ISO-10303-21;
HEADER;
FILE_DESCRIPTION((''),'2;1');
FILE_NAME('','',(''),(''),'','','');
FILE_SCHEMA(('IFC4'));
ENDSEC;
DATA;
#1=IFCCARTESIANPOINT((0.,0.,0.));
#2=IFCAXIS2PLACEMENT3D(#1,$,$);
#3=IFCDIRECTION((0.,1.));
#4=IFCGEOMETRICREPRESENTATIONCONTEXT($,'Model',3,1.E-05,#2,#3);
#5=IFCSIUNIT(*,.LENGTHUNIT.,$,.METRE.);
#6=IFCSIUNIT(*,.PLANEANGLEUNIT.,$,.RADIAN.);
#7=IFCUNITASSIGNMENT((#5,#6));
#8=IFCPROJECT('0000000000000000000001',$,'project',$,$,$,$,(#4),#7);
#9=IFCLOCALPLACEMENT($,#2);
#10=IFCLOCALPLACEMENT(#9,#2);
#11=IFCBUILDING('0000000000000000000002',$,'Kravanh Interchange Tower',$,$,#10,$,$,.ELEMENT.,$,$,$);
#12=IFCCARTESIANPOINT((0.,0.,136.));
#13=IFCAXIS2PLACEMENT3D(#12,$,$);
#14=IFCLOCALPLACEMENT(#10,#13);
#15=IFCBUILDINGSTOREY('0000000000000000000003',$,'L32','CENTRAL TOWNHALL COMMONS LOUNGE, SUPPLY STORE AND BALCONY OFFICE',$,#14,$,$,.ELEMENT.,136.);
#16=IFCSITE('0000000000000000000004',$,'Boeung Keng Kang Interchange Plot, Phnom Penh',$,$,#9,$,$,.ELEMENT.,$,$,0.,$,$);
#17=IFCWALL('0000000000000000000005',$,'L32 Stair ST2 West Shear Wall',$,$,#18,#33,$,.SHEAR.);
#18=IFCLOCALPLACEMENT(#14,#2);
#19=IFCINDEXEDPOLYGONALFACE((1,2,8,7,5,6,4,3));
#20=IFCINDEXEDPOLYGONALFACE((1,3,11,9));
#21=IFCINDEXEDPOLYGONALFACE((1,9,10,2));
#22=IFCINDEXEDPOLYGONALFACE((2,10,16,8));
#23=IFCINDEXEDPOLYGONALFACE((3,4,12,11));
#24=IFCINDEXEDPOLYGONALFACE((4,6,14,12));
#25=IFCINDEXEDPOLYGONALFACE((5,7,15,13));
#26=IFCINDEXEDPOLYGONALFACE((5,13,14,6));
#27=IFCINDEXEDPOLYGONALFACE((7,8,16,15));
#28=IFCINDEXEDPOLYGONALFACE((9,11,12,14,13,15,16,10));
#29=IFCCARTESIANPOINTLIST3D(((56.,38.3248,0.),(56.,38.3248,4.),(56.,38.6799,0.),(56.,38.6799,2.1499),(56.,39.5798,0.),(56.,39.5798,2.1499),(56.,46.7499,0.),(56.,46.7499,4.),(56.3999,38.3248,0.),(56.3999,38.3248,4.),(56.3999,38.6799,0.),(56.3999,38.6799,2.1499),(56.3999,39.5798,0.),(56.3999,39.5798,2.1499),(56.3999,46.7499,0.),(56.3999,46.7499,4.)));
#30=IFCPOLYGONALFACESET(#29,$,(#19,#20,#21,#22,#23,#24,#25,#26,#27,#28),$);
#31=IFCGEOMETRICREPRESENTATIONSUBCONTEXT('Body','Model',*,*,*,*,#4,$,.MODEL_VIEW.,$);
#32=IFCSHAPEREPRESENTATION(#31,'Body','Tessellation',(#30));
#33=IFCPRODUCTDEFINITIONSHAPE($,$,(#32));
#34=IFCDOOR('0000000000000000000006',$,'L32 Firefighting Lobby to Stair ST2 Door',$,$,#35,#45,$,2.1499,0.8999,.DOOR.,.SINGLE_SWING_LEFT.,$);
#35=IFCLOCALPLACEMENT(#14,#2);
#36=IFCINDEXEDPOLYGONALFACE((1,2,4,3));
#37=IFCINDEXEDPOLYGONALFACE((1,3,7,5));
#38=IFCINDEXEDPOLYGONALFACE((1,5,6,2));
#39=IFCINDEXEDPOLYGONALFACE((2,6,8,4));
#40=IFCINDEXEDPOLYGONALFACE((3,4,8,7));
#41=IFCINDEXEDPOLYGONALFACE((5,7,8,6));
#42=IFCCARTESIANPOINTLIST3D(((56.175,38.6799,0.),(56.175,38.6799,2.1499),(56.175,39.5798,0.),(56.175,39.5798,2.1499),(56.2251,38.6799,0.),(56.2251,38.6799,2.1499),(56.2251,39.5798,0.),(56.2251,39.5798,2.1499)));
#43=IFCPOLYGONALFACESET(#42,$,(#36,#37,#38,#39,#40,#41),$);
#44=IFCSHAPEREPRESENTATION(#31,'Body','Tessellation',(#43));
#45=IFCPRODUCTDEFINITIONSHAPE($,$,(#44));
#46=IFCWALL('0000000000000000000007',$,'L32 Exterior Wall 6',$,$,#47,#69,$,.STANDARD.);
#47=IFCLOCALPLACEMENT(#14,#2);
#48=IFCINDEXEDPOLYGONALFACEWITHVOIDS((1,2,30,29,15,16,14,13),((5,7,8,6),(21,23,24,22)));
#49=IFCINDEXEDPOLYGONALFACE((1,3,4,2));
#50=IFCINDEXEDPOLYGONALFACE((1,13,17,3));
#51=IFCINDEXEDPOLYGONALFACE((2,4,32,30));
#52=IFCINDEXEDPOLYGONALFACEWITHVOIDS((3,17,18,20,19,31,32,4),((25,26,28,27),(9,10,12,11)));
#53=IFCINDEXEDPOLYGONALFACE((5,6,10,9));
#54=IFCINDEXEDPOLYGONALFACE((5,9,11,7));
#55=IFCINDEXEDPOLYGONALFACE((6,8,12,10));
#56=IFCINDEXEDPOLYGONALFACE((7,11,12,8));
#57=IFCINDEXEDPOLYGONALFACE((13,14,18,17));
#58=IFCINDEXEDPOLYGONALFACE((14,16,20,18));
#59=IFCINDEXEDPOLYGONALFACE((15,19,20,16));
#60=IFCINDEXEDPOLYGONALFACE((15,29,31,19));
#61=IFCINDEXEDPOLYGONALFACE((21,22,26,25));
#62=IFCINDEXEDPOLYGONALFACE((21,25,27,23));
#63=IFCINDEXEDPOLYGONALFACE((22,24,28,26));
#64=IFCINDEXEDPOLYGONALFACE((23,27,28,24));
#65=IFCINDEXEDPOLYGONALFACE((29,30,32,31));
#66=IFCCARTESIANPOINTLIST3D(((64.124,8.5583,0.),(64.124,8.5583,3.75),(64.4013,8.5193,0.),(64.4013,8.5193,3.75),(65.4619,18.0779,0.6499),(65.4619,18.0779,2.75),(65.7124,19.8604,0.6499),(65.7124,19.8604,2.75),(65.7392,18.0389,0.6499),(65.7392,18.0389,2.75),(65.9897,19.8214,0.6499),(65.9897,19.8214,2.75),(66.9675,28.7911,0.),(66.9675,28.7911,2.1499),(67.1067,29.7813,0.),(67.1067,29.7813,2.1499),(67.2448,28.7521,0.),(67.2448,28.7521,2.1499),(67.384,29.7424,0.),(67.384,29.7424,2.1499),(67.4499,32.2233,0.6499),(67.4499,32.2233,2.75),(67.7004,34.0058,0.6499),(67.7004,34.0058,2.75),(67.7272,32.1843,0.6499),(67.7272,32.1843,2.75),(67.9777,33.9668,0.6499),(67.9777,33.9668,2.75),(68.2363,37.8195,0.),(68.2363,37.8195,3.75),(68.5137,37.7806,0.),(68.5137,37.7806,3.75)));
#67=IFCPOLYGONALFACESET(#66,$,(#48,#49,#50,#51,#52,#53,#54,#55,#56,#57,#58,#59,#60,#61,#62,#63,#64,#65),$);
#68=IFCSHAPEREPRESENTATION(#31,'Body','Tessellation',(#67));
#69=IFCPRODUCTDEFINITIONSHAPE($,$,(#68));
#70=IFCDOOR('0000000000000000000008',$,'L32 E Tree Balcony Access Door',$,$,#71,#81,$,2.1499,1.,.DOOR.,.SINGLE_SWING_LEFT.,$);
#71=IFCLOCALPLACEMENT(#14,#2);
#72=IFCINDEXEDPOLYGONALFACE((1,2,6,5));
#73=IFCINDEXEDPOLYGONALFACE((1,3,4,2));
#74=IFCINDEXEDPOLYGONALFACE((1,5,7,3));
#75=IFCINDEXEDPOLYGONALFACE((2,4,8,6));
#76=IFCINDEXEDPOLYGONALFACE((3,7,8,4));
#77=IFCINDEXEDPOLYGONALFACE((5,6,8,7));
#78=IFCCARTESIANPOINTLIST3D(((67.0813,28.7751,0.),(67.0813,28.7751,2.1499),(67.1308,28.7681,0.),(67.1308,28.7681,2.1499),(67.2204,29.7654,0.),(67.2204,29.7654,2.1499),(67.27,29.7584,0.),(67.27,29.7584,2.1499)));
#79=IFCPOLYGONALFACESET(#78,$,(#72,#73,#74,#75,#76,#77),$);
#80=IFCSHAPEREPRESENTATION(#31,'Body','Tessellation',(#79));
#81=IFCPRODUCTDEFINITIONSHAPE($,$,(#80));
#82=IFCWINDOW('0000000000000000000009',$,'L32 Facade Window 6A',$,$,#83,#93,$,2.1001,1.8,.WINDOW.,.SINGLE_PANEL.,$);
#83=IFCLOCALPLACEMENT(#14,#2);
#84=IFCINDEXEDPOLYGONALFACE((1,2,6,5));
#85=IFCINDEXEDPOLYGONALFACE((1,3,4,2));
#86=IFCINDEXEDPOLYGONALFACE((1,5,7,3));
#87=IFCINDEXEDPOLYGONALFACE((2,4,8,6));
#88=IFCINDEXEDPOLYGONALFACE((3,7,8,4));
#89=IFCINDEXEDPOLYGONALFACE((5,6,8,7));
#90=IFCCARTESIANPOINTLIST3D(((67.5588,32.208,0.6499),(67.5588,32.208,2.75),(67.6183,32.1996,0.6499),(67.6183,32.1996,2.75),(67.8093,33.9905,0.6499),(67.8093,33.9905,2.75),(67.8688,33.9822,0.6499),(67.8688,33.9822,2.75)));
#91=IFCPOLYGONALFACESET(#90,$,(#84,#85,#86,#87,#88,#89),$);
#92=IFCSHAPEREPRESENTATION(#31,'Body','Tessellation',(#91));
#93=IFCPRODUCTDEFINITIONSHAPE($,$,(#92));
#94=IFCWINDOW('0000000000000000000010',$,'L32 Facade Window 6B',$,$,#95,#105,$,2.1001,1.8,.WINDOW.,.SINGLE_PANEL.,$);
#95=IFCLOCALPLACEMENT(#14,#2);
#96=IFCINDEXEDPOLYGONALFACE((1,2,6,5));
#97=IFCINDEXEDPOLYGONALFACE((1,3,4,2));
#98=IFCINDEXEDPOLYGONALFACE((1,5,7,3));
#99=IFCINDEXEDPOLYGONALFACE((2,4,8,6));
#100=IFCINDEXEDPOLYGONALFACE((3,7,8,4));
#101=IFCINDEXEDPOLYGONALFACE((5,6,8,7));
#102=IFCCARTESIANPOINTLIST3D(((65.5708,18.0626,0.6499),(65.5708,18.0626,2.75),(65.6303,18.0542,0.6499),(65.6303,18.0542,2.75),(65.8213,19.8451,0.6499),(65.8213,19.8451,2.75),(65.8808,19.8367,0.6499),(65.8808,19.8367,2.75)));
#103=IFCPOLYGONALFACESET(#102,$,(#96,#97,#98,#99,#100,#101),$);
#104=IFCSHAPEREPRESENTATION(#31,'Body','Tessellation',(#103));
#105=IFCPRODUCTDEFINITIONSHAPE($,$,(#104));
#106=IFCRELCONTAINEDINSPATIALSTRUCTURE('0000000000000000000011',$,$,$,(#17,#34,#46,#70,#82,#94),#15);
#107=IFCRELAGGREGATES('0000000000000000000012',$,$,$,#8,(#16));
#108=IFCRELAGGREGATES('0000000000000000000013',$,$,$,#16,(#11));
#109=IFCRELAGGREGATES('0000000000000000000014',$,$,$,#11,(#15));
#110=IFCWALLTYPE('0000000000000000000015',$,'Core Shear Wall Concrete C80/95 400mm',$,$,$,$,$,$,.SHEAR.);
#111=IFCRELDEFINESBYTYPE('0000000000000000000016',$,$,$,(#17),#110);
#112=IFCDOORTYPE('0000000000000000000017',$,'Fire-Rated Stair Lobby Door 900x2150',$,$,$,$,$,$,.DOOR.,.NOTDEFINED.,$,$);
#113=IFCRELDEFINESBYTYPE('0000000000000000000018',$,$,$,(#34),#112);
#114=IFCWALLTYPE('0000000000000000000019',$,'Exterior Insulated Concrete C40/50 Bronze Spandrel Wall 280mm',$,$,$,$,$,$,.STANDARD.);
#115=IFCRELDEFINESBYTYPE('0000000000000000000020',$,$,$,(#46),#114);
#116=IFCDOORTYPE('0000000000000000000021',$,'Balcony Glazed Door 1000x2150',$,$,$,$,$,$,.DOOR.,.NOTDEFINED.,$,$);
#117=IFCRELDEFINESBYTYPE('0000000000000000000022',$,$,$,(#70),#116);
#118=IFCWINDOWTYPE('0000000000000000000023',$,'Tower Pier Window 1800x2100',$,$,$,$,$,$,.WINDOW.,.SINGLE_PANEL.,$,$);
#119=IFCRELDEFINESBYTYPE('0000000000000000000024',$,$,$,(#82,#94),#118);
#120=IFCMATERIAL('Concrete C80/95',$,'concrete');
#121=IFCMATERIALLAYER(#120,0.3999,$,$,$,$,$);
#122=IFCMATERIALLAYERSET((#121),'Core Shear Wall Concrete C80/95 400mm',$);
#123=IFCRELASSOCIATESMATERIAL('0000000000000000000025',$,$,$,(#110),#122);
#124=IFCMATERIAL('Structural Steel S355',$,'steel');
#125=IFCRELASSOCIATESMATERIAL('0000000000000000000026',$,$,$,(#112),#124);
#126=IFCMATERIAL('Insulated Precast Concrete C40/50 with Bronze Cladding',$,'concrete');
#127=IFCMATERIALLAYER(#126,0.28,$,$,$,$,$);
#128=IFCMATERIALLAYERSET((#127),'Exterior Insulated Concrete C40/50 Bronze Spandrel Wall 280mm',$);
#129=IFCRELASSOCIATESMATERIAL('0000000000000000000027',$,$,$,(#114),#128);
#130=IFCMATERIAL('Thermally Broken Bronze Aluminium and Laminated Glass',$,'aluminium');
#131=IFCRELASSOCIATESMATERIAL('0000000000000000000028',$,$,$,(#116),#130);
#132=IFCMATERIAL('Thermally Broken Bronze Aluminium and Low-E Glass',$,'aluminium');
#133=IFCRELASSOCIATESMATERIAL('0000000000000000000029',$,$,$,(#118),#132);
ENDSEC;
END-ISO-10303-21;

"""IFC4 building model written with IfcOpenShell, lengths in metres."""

from ifc_helpers import new_model, si_unit, direction, frame, frame_2d, origin, place, context, subcontext, project, spatial, rectangle, extrude, material, layer, layer_set, type_object, element, fill, save


model = new_model("IFC4")

# Units and contexts
model_context = context("Model", 3, precision=1e-05, world=origin(), true_north=direction((0.0, 1.0)))
body_context = subcontext(model_context, "Body", "Model", "MODEL_VIEW")
ifc_project = project(units=[si_unit("LENGTHUNIT", "METRE"), si_unit("PLANEANGLEUNIT", "RADIAN")], contexts=[model_context])

# Site, building, storey
site_placement = place(None, origin())
site = spatial("IfcSite", under=ifc_project, at=site_placement, Name="Boeung Keng Kang Interchange Plot, Phnom Penh", CompositionType="ELEMENT", RefElevation=0.0)
building_placement = place(site_placement, origin())
building = spatial("IfcBuilding", under=site, at=building_placement, Name="Kravanh Interchange Tower", CompositionType="ELEMENT")
storey_placement = place(building_placement, frame((0.0, 0.0, 136.0)))
storey = spatial("IfcBuildingStorey", under=building, at=storey_placement, Name="L32", Description="CENTRAL TOWNHALL COMMONS LOUNGE, SUPPLY STORE AND BALCONY OFFICE", CompositionType="ELEMENT", Elevation=136.0)

# Shared definitions
ifc_material_1 = material(Name="Concrete C80/95", Category="concrete")
ifc_layer_1 = layer(ifc_material_1, 0.3999)
ifc_layer_set_1 = layer_set([ifc_layer_1], Name="Core Shear Wall Concrete C80/95 400mm")
wall_type_1 = type_object("IfcWallType", Name="Core Shear Wall Concrete C80/95 400mm", PredefinedType="SHEAR", material=ifc_layer_set_1)

# Wall, opening, door
wall_1_placement = place(storey_placement, frame((56.2, 38.325, 0.0), z_axis=(0.0, 0.0, 1.0), x_axis=(0.0, 1.0, 0.0)))
wall_1 = element("IfcWall", 1, at=wall_1_placement, inside=storey, type_object=wall_type_1, Name="L32 Stair ST2 West Shear Wall", PredefinedType="SHEAR", context=body_context, shape_type="SweptSolid", body=[
    extrude(rectangle(XDim=8.425, YDim=0.3999, at=frame_2d((4.2124, 0.0))), origin(), (0.0, 0.0, 1.0), 4.0),
])
opening_1_placement = place(wall_1_placement, frame((0.355, 0.0, 0.0)))
opening_1 = element("IfcOpeningElement", 2, at=opening_1_placement, cuts=wall_1, PredefinedType="OPENING", context=body_context, shape_type="SweptSolid", body=[
    extrude(rectangle(XDim=0.8999, YDim=2.1499, at=frame_2d((0.45, 1.075))), frame((0.0, 0.21, 0.0), z_axis=(0.0, -1.0, 0.0), x_axis=(1.0, 0.0, 0.0)), (0.0, 0.0, 1.0), 0.4199),
])
ifc_material_2 = material(Name="Structural Steel S355", Category="steel")
door_type_1 = type_object("IfcDoorType", Name="Fire-Rated Stair Lobby Door 900x2150", OperationType="NOTDEFINED", PredefinedType="DOOR", material=ifc_material_2)
door_1_placement = place(opening_1_placement, origin())
door_1 = element("IfcDoor", 3, at=door_1_placement, inside=storey, type_object=door_type_1, Name="L32 Firefighting Lobby to Stair ST2 Door", OperationType="SINGLE_SWING_LEFT", OverallHeight=2.1499, OverallWidth=0.8999, PredefinedType="DOOR", context=body_context, shape_type="SweptSolid", body=[
    extrude(rectangle(XDim=0.8999, YDim=2.1499, at=frame_2d((0.45, 1.075))), frame((0.0, 0.0249, 0.0), z_axis=(0.0, -1.0, 0.0), x_axis=(1.0, 0.0, 0.0)), (0.0, 0.0, 1.0), 0.05),
])
fill(opening_1, door_1)

# Wall, openings, door, windows
ifc_material_3 = material(Name="Insulated Precast Concrete C40/50 with Bronze Cladding", Category="concrete")
ifc_layer_2 = layer(ifc_material_3, 0.28)
ifc_layer_set_2 = layer_set([ifc_layer_2], Name="Exterior Insulated Concrete C40/50 Bronze Spandrel Wall 280mm")
wall_type_2 = type_object("IfcWallType", Name="Exterior Insulated Concrete C40/50 Bronze Spandrel Wall 280mm", PredefinedType="STANDARD", material=ifc_layer_set_2)
wall_2_placement = place(storey_placement, frame((68.375, 37.8, 0.0), z_axis=(0.0, 0.0, 1.0), x_axis=(-0.13917, -0.990269, 0.0)))
wall_2 = element("IfcWall", 4, at=wall_2_placement, inside=storey, type_object=wall_type_2, Name="L32 Exterior Wall 6", PredefinedType="STANDARD", context=body_context, shape_type="SweptSolid", body=[
    extrude(rectangle(XDim=29.5488, YDim=0.28, at=frame_2d((14.7744, 0.0))), origin(), (0.0, 0.0, 1.0), 3.75),
])
opening_2_placement = place(wall_2_placement, frame((8.1172, 0.0, 0.0)))
opening_2 = element("IfcOpeningElement", 5, at=opening_2_placement, cuts=wall_2, PredefinedType="OPENING", context=body_context, shape_type="SweptSolid", body=[
    extrude(rectangle(XDim=1.0, YDim=2.1499, at=frame_2d((0.5, 1.075))), frame((0.0, 0.1499, 0.0), z_axis=(0.0, -1.0, 0.0), x_axis=(1.0, 0.0, 0.0)), (0.0, 0.0, 1.0), 0.3),
])
opening_3_placement = place(wall_2_placement, frame((3.8513, 0.0, 0.6499)))
opening_3 = element("IfcOpeningElement", 6, at=opening_3_placement, cuts=wall_2, PredefinedType="OPENING", context=body_context, shape_type="SweptSolid", body=[
    extrude(rectangle(XDim=1.8, YDim=2.1001, at=frame_2d((0.8999, 1.05))), frame((0.0, 0.1499, 0.0), z_axis=(0.0, -1.0, 0.0), x_axis=(1.0, 0.0, 0.0)), (0.0, 0.0, 1.0), 0.3),
])
opening_4_placement = place(wall_2_placement, frame((18.1357, 0.0, 0.6499)))
opening_4 = element("IfcOpeningElement", 7, at=opening_4_placement, cuts=wall_2, PredefinedType="OPENING", context=body_context, shape_type="SweptSolid", body=[
    extrude(rectangle(XDim=1.8, YDim=2.1001, at=frame_2d((0.8999, 1.05))), frame((0.0, 0.1499, 0.0), z_axis=(0.0, -1.0, 0.0), x_axis=(1.0, 0.0, 0.0)), (0.0, 0.0, 1.0), 0.3),
])
ifc_material_4 = material(Name="Thermally Broken Bronze Aluminium and Laminated Glass", Category="aluminium")
door_type_2 = type_object("IfcDoorType", Name="Balcony Glazed Door 1000x2150", OperationType="NOTDEFINED", PredefinedType="DOOR", material=ifc_material_4)
door_2_placement = place(opening_2_placement, origin())
door_2 = element("IfcDoor", 8, at=door_2_placement, inside=storey, type_object=door_type_2, Name="L32 E Tree Balcony Access Door", OperationType="SINGLE_SWING_LEFT", OverallHeight=2.1499, OverallWidth=1.0, PredefinedType="DOOR", context=body_context, shape_type="SweptSolid", body=[
    extrude(rectangle(XDim=1.0, YDim=2.1499, at=frame_2d((0.5, 1.075))), frame((0.0, 0.0249, 0.0), z_axis=(0.0, -1.0, 0.0), x_axis=(1.0, 0.0, 0.0)), (0.0, 0.0, 1.0), 0.05),
])
fill(opening_2, door_2)
ifc_material_5 = material(Name="Thermally Broken Bronze Aluminium and Low-E Glass", Category="aluminium")
window_type = type_object("IfcWindowType", Name="Tower Pier Window 1800x2100", PartitioningType="SINGLE_PANEL", PredefinedType="WINDOW", material=ifc_material_5)
window_1_placement = place(opening_3_placement, origin())
window_1 = element("IfcWindow", 9, at=window_1_placement, inside=storey, type_object=window_type, Name="L32 Facade Window 6A", OverallHeight=2.1001, OverallWidth=1.8, PartitioningType="SINGLE_PANEL", PredefinedType="WINDOW", context=body_context, shape_type="SweptSolid", body=[
    extrude(rectangle(XDim=1.8, YDim=2.1001, at=frame_2d((0.8999, 1.05))), frame((0.0, 0.03, 0.0), z_axis=(0.0, -1.0, 0.0), x_axis=(1.0, 0.0, 0.0)), (0.0, 0.0, 1.0), 0.0601),
])
fill(opening_3, window_1)
window_2_placement = place(opening_4_placement, origin())
window_2 = element("IfcWindow", 10, at=window_2_placement, inside=storey, type_object=window_type, Name="L32 Facade Window 6B", OverallHeight=2.1001, OverallWidth=1.8, PartitioningType="SINGLE_PANEL", PredefinedType="WINDOW", context=body_context, shape_type="SweptSolid", body=[
    extrude(rectangle(XDim=1.8, YDim=2.1001, at=frame_2d((0.8999, 1.05))), frame((0.0, 0.03, 0.0), z_axis=(0.0, -1.0, 0.0), x_axis=(1.0, 0.0, 0.0)), (0.0, 0.0, 1.0), 0.0601),
])
fill(opening_4, window_2)

save(model, "model.ifc")
